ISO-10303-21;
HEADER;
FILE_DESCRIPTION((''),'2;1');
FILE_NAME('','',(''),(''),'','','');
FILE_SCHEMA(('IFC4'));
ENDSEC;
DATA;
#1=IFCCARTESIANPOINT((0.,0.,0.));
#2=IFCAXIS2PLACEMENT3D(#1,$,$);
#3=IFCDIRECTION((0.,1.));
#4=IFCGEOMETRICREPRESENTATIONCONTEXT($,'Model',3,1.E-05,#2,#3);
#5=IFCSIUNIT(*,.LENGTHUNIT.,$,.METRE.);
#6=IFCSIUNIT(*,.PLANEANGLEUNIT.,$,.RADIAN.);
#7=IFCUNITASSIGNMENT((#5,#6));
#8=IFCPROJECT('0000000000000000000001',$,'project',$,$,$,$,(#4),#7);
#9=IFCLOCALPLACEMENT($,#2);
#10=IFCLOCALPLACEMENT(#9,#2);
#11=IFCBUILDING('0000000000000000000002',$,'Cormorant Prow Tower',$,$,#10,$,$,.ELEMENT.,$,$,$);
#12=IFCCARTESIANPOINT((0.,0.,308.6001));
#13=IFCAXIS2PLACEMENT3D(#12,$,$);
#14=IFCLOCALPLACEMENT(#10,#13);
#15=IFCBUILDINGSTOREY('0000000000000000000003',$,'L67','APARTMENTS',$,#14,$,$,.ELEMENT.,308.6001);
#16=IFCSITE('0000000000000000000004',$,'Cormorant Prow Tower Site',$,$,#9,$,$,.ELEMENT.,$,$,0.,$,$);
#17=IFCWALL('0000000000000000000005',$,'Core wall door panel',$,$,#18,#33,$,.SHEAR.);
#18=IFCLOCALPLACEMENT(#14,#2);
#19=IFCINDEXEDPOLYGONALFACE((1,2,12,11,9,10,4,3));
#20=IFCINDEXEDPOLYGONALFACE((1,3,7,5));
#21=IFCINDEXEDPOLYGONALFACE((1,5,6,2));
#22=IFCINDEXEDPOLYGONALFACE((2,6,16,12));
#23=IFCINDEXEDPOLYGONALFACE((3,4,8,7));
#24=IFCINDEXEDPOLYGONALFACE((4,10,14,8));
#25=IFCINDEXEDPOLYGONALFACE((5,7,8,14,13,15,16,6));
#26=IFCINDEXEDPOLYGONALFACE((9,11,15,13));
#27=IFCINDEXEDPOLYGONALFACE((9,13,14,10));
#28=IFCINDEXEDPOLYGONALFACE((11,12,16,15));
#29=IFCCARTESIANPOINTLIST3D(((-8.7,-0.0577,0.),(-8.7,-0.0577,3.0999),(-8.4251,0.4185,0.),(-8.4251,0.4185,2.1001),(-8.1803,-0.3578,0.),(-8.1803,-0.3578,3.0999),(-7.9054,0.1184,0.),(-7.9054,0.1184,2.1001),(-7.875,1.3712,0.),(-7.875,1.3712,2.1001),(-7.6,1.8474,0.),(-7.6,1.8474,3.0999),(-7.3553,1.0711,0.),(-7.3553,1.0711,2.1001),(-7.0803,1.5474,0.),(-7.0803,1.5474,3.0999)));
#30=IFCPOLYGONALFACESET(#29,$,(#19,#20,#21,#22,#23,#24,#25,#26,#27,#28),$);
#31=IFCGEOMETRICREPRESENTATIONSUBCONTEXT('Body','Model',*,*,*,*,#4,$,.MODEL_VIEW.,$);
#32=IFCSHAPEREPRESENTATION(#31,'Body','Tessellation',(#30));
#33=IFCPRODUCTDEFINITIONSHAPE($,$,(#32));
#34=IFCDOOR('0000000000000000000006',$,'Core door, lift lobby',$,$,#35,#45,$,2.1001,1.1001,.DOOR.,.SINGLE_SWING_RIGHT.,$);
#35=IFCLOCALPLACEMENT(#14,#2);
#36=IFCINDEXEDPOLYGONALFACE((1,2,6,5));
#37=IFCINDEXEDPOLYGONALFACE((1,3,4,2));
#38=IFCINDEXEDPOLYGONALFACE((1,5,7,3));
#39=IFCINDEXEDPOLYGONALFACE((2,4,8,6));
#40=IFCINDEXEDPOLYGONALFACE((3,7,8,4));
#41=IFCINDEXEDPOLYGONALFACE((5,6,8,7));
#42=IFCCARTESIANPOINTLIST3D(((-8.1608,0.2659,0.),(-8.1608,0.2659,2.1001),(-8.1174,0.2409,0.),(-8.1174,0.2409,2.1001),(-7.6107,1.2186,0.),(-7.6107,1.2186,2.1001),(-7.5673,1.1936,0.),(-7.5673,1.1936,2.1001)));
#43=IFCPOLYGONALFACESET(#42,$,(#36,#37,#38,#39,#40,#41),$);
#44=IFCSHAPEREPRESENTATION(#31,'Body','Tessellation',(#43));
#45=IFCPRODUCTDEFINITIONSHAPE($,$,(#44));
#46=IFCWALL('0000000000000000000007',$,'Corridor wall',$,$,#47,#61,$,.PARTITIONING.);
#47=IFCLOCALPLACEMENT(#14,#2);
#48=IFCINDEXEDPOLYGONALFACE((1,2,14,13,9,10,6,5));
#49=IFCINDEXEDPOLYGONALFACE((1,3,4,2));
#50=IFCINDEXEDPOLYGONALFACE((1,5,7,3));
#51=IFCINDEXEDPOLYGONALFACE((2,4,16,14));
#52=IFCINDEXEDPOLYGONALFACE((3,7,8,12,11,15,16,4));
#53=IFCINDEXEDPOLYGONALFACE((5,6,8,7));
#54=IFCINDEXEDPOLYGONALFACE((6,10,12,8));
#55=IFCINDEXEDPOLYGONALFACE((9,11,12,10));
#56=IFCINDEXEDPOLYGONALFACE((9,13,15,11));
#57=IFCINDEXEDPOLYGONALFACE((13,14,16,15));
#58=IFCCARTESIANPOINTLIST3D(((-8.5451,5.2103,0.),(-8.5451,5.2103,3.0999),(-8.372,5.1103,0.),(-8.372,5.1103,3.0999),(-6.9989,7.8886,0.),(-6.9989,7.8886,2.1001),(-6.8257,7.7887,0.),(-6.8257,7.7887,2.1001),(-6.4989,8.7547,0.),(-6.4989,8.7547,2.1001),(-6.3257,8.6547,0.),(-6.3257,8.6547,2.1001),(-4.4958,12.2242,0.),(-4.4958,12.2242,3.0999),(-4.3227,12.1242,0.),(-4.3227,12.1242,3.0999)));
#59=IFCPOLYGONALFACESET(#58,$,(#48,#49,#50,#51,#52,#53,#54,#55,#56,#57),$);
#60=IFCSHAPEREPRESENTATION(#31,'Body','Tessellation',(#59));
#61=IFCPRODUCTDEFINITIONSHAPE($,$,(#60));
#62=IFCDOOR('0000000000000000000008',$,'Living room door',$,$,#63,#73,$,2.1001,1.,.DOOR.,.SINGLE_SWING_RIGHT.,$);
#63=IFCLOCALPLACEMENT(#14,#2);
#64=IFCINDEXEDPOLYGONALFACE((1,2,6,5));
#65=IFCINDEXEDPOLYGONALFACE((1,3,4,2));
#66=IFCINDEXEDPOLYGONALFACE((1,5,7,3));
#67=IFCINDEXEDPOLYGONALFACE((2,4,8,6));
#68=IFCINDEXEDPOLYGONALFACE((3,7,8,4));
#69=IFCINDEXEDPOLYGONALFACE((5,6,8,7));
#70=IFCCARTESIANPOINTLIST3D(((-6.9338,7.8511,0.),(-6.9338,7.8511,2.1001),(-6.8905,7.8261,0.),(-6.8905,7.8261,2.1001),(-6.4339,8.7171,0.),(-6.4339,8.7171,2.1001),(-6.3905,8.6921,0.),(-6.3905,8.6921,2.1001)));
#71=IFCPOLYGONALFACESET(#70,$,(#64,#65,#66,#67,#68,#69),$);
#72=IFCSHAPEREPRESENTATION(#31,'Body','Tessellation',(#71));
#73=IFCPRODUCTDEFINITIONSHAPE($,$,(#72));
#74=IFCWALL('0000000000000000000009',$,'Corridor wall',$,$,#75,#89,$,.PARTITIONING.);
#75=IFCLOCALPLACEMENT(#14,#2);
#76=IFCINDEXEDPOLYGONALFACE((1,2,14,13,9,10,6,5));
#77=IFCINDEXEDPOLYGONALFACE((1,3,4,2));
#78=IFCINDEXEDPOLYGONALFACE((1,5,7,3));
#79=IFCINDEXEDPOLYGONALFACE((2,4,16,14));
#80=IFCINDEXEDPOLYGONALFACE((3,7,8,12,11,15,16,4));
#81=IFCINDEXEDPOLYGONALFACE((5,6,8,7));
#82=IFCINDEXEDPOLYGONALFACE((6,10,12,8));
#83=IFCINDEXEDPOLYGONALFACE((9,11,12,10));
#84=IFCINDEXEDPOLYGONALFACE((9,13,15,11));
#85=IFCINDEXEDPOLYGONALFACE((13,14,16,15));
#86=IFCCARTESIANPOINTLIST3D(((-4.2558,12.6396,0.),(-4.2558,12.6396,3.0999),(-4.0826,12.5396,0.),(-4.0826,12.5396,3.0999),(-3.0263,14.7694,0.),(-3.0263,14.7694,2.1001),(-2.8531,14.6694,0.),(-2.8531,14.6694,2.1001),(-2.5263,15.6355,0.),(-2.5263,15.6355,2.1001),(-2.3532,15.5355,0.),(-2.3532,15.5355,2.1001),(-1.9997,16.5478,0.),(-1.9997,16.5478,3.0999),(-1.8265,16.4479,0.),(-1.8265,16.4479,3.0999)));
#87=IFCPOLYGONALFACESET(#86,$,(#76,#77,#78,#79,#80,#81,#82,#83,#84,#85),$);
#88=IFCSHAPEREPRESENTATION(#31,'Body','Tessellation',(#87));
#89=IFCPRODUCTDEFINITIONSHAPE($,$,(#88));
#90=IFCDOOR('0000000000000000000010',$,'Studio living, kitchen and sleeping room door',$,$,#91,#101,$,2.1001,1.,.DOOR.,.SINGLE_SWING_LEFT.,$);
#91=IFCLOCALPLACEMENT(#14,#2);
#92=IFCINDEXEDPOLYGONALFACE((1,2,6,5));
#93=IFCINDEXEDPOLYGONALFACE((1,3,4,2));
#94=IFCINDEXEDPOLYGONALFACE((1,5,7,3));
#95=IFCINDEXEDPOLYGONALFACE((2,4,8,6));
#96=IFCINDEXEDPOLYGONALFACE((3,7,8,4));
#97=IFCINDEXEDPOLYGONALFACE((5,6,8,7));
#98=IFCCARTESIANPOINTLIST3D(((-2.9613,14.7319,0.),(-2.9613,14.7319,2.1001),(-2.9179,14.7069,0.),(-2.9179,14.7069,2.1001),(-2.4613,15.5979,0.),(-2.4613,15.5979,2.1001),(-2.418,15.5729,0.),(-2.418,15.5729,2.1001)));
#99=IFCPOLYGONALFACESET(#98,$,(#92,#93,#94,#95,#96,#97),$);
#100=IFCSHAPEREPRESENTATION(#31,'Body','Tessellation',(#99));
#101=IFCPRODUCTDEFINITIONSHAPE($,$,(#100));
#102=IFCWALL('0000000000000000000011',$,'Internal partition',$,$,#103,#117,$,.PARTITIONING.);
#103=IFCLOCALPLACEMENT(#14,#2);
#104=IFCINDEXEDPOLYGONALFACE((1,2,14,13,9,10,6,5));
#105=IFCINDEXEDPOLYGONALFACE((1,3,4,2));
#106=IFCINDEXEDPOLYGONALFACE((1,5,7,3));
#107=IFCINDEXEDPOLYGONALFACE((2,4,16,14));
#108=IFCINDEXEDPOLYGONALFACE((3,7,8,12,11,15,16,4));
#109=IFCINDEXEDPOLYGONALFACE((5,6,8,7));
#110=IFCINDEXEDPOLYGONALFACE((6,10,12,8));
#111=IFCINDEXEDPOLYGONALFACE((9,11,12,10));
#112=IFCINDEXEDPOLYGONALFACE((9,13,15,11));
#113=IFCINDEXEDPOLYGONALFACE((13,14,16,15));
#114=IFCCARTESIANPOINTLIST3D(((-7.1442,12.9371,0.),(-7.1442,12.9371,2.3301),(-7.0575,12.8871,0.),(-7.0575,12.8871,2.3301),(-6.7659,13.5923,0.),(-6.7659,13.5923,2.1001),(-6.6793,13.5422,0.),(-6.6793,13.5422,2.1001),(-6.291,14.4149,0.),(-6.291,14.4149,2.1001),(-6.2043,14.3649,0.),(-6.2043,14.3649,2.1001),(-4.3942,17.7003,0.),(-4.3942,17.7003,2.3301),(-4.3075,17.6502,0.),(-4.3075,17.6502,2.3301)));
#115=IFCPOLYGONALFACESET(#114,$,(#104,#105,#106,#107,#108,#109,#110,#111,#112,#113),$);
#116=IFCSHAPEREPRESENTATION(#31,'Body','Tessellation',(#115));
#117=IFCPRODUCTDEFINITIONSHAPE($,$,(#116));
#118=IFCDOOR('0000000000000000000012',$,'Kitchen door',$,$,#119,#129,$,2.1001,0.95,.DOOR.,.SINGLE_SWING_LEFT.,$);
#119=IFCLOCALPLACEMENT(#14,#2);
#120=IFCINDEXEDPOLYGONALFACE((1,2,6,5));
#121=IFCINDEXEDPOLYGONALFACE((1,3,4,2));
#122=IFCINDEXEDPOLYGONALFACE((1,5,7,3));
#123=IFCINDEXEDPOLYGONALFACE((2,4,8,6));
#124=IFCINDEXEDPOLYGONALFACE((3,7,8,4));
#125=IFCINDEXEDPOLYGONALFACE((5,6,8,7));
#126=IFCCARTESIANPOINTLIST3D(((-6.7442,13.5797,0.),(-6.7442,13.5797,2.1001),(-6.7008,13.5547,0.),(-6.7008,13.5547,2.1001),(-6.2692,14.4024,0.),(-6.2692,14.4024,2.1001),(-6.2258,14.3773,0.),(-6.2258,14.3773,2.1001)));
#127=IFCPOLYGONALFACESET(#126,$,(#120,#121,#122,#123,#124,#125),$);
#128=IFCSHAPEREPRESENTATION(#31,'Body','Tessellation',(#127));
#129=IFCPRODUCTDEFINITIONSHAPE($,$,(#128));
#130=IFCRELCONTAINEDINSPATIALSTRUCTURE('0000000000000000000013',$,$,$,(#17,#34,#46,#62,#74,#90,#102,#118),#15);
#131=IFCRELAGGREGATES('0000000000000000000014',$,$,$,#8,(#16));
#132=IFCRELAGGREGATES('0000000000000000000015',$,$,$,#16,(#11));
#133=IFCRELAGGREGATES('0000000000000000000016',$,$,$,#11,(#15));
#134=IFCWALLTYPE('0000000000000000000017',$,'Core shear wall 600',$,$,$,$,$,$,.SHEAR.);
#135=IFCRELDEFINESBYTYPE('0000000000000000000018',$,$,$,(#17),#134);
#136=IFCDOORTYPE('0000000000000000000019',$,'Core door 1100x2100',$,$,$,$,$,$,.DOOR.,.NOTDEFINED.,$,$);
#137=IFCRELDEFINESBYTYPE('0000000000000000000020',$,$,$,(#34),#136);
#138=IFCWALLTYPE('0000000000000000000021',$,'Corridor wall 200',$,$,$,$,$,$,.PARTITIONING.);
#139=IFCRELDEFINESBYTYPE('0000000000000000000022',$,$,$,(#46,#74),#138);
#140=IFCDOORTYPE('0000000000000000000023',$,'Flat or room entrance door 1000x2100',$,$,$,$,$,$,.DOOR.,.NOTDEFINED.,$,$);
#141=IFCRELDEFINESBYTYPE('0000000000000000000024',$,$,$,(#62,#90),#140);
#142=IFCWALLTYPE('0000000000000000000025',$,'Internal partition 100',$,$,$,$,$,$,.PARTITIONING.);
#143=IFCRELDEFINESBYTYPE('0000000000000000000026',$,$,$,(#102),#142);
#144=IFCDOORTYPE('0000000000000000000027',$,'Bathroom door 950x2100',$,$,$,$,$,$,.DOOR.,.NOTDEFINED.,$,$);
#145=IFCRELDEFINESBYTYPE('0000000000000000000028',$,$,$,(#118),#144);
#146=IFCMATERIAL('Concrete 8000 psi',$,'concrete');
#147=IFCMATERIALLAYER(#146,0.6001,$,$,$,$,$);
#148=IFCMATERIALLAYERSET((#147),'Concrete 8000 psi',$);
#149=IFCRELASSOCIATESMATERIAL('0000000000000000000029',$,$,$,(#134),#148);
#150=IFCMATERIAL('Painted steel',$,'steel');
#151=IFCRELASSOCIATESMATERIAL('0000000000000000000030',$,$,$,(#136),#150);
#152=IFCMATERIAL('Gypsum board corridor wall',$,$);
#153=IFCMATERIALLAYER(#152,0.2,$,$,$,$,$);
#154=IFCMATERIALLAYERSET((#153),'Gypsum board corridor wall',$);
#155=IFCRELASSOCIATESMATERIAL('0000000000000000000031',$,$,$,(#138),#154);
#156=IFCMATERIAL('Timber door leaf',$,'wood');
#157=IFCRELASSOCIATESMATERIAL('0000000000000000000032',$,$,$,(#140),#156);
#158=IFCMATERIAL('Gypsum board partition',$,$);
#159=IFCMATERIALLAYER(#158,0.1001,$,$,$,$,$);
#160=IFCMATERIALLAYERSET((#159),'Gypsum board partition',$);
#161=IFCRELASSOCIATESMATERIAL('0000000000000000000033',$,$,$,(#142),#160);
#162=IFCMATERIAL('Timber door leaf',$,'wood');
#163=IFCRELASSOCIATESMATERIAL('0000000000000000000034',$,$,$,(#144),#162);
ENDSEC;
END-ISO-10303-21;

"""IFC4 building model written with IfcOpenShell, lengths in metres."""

from ifc_helpers import new_model, si_unit, direction, frame, frame_2d, origin, place, context, subcontext, project, spatial, rectangle, extrude, material, layer, layer_set, type_object, element, fill, save


model = new_model("IFC4")

# Units and contexts
model_context = context("Model", 3, precision=1e-05, world=origin(), true_north=direction((0.0, 1.0)))
body_context = subcontext(model_context, "Body", "Model", "MODEL_VIEW")
ifc_project = project(units=[si_unit("LENGTHUNIT", "METRE"), si_unit("PLANEANGLEUNIT", "RADIAN")], contexts=[model_context])

# Site, building, storey
site_placement = place(None, origin())
site = spatial("IfcSite", under=ifc_project, at=site_placement, Name="Cormorant Prow Tower Site", CompositionType="ELEMENT", RefElevation=0.0)
building_placement = place(site_placement, origin())
building = spatial("IfcBuilding", under=site, at=building_placement, Name="Cormorant Prow Tower", CompositionType="ELEMENT")
storey_placement = place(building_placement, frame((0.0, 0.0, 308.6001)))
storey = spatial("IfcBuildingStorey", under=building, at=storey_placement, Name="L67", Description="APARTMENTS", CompositionType="ELEMENT", Elevation=308.6001)

# Shared definitions
ifc_material_1 = material(Name="Concrete 8000 psi", Category="concrete")
ifc_layer_1 = layer(ifc_material_1, 0.6001)
ifc_layer_set_1 = layer_set([ifc_layer_1], Name="Concrete 8000 psi")
wall_type_1 = type_object("IfcWallType", Name="Core shear wall 600", PredefinedType="SHEAR", material=ifc_layer_set_1)

# Walls, openings, doors
wall_1_placement = place(storey_placement, frame((-7.3401, 1.6975, 0.0), z_axis=(0.0, 0.0, 1.0), x_axis=(-0.50003, -0.866008, 0.0)))
wall_1 = element("IfcWall", 1, at=wall_1_placement, inside=storey, type_object=wall_type_1, Name="Core wall door panel", PredefinedType="SHEAR", context=body_context, shape_type="SweptSolid", body=[
    extrude(rectangle(XDim=2.2, YDim=0.6001, at=frame_2d((1.1001, 0.0))), origin(), (0.0, 0.0, 1.0), 3.0999),
])
opening_1_placement = place(wall_1_placement, frame((0.55, 0.0, 0.0)))
opening_1 = element("IfcOpeningElement", 2, at=opening_1_placement, cuts=wall_1, PredefinedType="OPENING", context=body_context, shape_type="SweptSolid", body=[
    extrude(rectangle(XDim=1.1001, YDim=2.1001, at=frame_2d((0.55, 1.05))), frame((0.0, 0.3101, 0.0), z_axis=(0.0, -1.0, 0.0), x_axis=(1.0, 0.0, 0.0)), (0.0, 0.0, 1.0), 0.6201),
])
ifc_material_2 = material(Name="Painted steel", Category="steel")
door_type_1 = type_object("IfcDoorType", Name="Core door 1100x2100", OperationType="NOTDEFINED", PredefinedType="DOOR", material=ifc_material_2)
door_1_placement = place(opening_1_placement, origin())
door_1 = element("IfcDoor", 3, at=door_1_placement, inside=storey, type_object=door_type_1, Name="Core door, lift lobby", OperationType="SINGLE_SWING_RIGHT", OverallHeight=2.1001, OverallWidth=1.1001, PredefinedType="DOOR", context=body_context, shape_type="SweptSolid", body=[
    extrude(rectangle(XDim=1.1001, YDim=2.1001, at=frame_2d((0.55, 1.05))), frame((0.0, 0.0552, 0.0), z_axis=(0.0, -1.0, 0.0), x_axis=(1.0, 0.0, 0.0)), (0.0, 0.0, 1.0), 0.05),
])
fill(opening_1, door_1)
ifc_material_3 = material(Name="Gypsum board corridor wall")
ifc_layer_2 = layer(ifc_material_3, 0.2)
ifc_layer_set_2 = layer_set([ifc_layer_2], Name="Gypsum board corridor wall")
wall_type_2 = type_object("IfcWallType", Name="Corridor wall 200", PredefinedType="PARTITIONING", material=ifc_layer_set_2)
wall_2_placement = place(storey_placement, frame((-8.4585, 5.1604, 0.0), z_axis=(0.0, 0.0, 1.0), x_axis=(0.499984, 0.866034, 0.0)))
wall_2 = element("IfcWall", 4, at=wall_2_placement, inside=storey, type_object=wall_type_2, Name="Corridor wall", PredefinedType="PARTITIONING", context=body_context, shape_type="SweptSolid", body=[
    extrude(rectangle(XDim=8.0989, YDim=0.2, at=frame_2d((4.0493, 0.0))), origin(), (0.0, 0.0, 1.0), 3.0999),
])
opening_2_placement = place(wall_2_placement, frame((3.0925, 0.0, 0.0)))
opening_2 = element("IfcOpeningElement", 5, at=opening_2_placement, cuts=wall_2, PredefinedType="OPENING", context=body_context, shape_type="SweptSolid", body=[
    extrude(rectangle(XDim=1.0, YDim=2.1001, at=frame_2d((0.5, 1.05))), frame((0.0, 0.1099, 0.0), z_axis=(0.0, -1.0, 0.0), x_axis=(1.0, 0.0, 0.0)), (0.0, 0.0, 1.0), 0.22),
])
ifc_material_4 = material(Name="Timber door leaf", Category="wood")
door_type_2 = type_object("IfcDoorType", Name="Flat or room entrance door 1000x2100", OperationType="NOTDEFINED", PredefinedType="DOOR", material=ifc_material_4)
door_2_placement = place(opening_2_placement, origin())
door_2 = element("IfcDoor", 6, at=door_2_placement, inside=storey, type_object=door_type_2, Name="Living room door", OperationType="SINGLE_SWING_RIGHT", OverallHeight=2.1001, OverallWidth=1.0, PredefinedType="DOOR", context=body_context, shape_type="SweptSolid", body=[
    extrude(rectangle(XDim=1.0, YDim=2.1001, at=frame_2d((0.5, 1.05))), frame((0.0, 0.0249, 0.0), z_axis=(0.0, -1.0, 0.0), x_axis=(1.0, 0.0, 0.0)), (0.0, 0.0, 1.0), 0.05),
])
fill(opening_2, door_2)
wall_3_placement = place(storey_placement, frame((-4.1692, 12.5896, 0.0), z_axis=(0.0, 0.0, 1.0), x_axis=(0.49995, 0.866054, 0.0)))
wall_3 = element("IfcWall", 7, at=wall_3_placement, inside=storey, type_object=wall_type_2, Name="Corridor wall", PredefinedType="PARTITIONING", context=body_context, shape_type="SweptSolid", body=[
    extrude(rectangle(XDim=4.5127, YDim=0.2, at=frame_2d((2.2563, 0.0))), origin(), (0.0, 0.0, 1.0), 3.0999),
])
opening_3_placement = place(wall_3_placement, frame((2.4592, 0.0, 0.0)))
opening_3 = element("IfcOpeningElement", 8, at=opening_3_placement, cuts=wall_3, PredefinedType="OPENING", context=body_context, shape_type="SweptSolid", body=[
    extrude(rectangle(XDim=1.0, YDim=2.1001, at=frame_2d((0.5, 1.05))), frame((0.0, 0.1099, 0.0), z_axis=(0.0, -1.0, 0.0), x_axis=(1.0, 0.0, 0.0)), (0.0, 0.0, 1.0), 0.22),
])
door_3_placement = place(opening_3_placement, origin())
door_3 = element("IfcDoor", 9, at=door_3_placement, inside=storey, type_object=door_type_2, Name="Studio living, kitchen and sleeping room door", OperationType="SINGLE_SWING_LEFT", OverallHeight=2.1001, OverallWidth=1.0, PredefinedType="DOOR", context=body_context, shape_type="SweptSolid", body=[
    extrude(rectangle(XDim=1.0, YDim=2.1001, at=frame_2d((0.5, 1.05))), frame((0.0, 0.0249, 0.0), z_axis=(0.0, -1.0, 0.0), x_axis=(1.0, 0.0, 0.0)), (0.0, 0.0, 1.0), 0.05),
])
fill(opening_3, door_3)
ifc_material_5 = material(Name="Gypsum board partition")
ifc_layer_3 = layer(ifc_material_5, 0.1001)
ifc_layer_set_3 = layer_set([ifc_layer_3], Name="Gypsum board partition")
wall_type_3 = type_object("IfcWallType", Name="Internal partition 100", PredefinedType="PARTITIONING", material=ifc_layer_set_3)
wall_4_placement = place(storey_placement, frame((-7.1008, 12.9121, 0.0), z_axis=(0.0, 0.0, 1.0), x_axis=(0.499997, 0.866027, 0.0)))
wall_4 = element("IfcWall", 10, at=wall_4_placement, inside=storey, type_object=wall_type_3, Name="Internal partition", PredefinedType="PARTITIONING", context=body_context, shape_type="SweptSolid", body=[
    extrude(rectangle(XDim=5.5, YDim=0.1001, at=frame_2d((2.75, 0.0))), origin(), (0.0, 0.0, 1.0), 2.3301),
])
opening_4_placement = place(wall_4_placement, frame((0.7563, 0.0, 0.0)))
opening_4 = element("IfcOpeningElement", 11, at=opening_4_placement, cuts=wall_4, PredefinedType="OPENING", context=body_context, shape_type="SweptSolid", body=[
    extrude(rectangle(XDim=0.95, YDim=2.1001, at=frame_2d((0.4751, 1.05))), frame((0.0, 0.0601, 0.0), z_axis=(0.0, -1.0, 0.0), x_axis=(1.0, 0.0, 0.0)), (0.0, 0.0, 1.0), 0.1201),
])
ifc_material_6 = material(Name="Timber door leaf", Category="wood")
door_type_3 = type_object("IfcDoorType", Name="Bathroom door 950x2100", OperationType="NOTDEFINED", PredefinedType="DOOR", material=ifc_material_6)
door_4_placement = place(opening_4_placement, origin())
door_4 = element("IfcDoor", 12, at=door_4_placement, inside=storey, type_object=door_type_3, Name="Kitchen door", OperationType="SINGLE_SWING_LEFT", OverallHeight=2.1001, OverallWidth=0.95, PredefinedType="DOOR", context=body_context, shape_type="SweptSolid", body=[
    extrude(rectangle(XDim=0.95, YDim=2.1001, at=frame_2d((0.4751, 1.05))), frame((0.0, 0.0249, 0.0), z_axis=(0.0, -1.0, 0.0), x_axis=(1.0, 0.0, 0.0)), (0.0, 0.0, 1.0), 0.05),
])
fill(opening_4, door_4)

save(model, "model.ifc")
